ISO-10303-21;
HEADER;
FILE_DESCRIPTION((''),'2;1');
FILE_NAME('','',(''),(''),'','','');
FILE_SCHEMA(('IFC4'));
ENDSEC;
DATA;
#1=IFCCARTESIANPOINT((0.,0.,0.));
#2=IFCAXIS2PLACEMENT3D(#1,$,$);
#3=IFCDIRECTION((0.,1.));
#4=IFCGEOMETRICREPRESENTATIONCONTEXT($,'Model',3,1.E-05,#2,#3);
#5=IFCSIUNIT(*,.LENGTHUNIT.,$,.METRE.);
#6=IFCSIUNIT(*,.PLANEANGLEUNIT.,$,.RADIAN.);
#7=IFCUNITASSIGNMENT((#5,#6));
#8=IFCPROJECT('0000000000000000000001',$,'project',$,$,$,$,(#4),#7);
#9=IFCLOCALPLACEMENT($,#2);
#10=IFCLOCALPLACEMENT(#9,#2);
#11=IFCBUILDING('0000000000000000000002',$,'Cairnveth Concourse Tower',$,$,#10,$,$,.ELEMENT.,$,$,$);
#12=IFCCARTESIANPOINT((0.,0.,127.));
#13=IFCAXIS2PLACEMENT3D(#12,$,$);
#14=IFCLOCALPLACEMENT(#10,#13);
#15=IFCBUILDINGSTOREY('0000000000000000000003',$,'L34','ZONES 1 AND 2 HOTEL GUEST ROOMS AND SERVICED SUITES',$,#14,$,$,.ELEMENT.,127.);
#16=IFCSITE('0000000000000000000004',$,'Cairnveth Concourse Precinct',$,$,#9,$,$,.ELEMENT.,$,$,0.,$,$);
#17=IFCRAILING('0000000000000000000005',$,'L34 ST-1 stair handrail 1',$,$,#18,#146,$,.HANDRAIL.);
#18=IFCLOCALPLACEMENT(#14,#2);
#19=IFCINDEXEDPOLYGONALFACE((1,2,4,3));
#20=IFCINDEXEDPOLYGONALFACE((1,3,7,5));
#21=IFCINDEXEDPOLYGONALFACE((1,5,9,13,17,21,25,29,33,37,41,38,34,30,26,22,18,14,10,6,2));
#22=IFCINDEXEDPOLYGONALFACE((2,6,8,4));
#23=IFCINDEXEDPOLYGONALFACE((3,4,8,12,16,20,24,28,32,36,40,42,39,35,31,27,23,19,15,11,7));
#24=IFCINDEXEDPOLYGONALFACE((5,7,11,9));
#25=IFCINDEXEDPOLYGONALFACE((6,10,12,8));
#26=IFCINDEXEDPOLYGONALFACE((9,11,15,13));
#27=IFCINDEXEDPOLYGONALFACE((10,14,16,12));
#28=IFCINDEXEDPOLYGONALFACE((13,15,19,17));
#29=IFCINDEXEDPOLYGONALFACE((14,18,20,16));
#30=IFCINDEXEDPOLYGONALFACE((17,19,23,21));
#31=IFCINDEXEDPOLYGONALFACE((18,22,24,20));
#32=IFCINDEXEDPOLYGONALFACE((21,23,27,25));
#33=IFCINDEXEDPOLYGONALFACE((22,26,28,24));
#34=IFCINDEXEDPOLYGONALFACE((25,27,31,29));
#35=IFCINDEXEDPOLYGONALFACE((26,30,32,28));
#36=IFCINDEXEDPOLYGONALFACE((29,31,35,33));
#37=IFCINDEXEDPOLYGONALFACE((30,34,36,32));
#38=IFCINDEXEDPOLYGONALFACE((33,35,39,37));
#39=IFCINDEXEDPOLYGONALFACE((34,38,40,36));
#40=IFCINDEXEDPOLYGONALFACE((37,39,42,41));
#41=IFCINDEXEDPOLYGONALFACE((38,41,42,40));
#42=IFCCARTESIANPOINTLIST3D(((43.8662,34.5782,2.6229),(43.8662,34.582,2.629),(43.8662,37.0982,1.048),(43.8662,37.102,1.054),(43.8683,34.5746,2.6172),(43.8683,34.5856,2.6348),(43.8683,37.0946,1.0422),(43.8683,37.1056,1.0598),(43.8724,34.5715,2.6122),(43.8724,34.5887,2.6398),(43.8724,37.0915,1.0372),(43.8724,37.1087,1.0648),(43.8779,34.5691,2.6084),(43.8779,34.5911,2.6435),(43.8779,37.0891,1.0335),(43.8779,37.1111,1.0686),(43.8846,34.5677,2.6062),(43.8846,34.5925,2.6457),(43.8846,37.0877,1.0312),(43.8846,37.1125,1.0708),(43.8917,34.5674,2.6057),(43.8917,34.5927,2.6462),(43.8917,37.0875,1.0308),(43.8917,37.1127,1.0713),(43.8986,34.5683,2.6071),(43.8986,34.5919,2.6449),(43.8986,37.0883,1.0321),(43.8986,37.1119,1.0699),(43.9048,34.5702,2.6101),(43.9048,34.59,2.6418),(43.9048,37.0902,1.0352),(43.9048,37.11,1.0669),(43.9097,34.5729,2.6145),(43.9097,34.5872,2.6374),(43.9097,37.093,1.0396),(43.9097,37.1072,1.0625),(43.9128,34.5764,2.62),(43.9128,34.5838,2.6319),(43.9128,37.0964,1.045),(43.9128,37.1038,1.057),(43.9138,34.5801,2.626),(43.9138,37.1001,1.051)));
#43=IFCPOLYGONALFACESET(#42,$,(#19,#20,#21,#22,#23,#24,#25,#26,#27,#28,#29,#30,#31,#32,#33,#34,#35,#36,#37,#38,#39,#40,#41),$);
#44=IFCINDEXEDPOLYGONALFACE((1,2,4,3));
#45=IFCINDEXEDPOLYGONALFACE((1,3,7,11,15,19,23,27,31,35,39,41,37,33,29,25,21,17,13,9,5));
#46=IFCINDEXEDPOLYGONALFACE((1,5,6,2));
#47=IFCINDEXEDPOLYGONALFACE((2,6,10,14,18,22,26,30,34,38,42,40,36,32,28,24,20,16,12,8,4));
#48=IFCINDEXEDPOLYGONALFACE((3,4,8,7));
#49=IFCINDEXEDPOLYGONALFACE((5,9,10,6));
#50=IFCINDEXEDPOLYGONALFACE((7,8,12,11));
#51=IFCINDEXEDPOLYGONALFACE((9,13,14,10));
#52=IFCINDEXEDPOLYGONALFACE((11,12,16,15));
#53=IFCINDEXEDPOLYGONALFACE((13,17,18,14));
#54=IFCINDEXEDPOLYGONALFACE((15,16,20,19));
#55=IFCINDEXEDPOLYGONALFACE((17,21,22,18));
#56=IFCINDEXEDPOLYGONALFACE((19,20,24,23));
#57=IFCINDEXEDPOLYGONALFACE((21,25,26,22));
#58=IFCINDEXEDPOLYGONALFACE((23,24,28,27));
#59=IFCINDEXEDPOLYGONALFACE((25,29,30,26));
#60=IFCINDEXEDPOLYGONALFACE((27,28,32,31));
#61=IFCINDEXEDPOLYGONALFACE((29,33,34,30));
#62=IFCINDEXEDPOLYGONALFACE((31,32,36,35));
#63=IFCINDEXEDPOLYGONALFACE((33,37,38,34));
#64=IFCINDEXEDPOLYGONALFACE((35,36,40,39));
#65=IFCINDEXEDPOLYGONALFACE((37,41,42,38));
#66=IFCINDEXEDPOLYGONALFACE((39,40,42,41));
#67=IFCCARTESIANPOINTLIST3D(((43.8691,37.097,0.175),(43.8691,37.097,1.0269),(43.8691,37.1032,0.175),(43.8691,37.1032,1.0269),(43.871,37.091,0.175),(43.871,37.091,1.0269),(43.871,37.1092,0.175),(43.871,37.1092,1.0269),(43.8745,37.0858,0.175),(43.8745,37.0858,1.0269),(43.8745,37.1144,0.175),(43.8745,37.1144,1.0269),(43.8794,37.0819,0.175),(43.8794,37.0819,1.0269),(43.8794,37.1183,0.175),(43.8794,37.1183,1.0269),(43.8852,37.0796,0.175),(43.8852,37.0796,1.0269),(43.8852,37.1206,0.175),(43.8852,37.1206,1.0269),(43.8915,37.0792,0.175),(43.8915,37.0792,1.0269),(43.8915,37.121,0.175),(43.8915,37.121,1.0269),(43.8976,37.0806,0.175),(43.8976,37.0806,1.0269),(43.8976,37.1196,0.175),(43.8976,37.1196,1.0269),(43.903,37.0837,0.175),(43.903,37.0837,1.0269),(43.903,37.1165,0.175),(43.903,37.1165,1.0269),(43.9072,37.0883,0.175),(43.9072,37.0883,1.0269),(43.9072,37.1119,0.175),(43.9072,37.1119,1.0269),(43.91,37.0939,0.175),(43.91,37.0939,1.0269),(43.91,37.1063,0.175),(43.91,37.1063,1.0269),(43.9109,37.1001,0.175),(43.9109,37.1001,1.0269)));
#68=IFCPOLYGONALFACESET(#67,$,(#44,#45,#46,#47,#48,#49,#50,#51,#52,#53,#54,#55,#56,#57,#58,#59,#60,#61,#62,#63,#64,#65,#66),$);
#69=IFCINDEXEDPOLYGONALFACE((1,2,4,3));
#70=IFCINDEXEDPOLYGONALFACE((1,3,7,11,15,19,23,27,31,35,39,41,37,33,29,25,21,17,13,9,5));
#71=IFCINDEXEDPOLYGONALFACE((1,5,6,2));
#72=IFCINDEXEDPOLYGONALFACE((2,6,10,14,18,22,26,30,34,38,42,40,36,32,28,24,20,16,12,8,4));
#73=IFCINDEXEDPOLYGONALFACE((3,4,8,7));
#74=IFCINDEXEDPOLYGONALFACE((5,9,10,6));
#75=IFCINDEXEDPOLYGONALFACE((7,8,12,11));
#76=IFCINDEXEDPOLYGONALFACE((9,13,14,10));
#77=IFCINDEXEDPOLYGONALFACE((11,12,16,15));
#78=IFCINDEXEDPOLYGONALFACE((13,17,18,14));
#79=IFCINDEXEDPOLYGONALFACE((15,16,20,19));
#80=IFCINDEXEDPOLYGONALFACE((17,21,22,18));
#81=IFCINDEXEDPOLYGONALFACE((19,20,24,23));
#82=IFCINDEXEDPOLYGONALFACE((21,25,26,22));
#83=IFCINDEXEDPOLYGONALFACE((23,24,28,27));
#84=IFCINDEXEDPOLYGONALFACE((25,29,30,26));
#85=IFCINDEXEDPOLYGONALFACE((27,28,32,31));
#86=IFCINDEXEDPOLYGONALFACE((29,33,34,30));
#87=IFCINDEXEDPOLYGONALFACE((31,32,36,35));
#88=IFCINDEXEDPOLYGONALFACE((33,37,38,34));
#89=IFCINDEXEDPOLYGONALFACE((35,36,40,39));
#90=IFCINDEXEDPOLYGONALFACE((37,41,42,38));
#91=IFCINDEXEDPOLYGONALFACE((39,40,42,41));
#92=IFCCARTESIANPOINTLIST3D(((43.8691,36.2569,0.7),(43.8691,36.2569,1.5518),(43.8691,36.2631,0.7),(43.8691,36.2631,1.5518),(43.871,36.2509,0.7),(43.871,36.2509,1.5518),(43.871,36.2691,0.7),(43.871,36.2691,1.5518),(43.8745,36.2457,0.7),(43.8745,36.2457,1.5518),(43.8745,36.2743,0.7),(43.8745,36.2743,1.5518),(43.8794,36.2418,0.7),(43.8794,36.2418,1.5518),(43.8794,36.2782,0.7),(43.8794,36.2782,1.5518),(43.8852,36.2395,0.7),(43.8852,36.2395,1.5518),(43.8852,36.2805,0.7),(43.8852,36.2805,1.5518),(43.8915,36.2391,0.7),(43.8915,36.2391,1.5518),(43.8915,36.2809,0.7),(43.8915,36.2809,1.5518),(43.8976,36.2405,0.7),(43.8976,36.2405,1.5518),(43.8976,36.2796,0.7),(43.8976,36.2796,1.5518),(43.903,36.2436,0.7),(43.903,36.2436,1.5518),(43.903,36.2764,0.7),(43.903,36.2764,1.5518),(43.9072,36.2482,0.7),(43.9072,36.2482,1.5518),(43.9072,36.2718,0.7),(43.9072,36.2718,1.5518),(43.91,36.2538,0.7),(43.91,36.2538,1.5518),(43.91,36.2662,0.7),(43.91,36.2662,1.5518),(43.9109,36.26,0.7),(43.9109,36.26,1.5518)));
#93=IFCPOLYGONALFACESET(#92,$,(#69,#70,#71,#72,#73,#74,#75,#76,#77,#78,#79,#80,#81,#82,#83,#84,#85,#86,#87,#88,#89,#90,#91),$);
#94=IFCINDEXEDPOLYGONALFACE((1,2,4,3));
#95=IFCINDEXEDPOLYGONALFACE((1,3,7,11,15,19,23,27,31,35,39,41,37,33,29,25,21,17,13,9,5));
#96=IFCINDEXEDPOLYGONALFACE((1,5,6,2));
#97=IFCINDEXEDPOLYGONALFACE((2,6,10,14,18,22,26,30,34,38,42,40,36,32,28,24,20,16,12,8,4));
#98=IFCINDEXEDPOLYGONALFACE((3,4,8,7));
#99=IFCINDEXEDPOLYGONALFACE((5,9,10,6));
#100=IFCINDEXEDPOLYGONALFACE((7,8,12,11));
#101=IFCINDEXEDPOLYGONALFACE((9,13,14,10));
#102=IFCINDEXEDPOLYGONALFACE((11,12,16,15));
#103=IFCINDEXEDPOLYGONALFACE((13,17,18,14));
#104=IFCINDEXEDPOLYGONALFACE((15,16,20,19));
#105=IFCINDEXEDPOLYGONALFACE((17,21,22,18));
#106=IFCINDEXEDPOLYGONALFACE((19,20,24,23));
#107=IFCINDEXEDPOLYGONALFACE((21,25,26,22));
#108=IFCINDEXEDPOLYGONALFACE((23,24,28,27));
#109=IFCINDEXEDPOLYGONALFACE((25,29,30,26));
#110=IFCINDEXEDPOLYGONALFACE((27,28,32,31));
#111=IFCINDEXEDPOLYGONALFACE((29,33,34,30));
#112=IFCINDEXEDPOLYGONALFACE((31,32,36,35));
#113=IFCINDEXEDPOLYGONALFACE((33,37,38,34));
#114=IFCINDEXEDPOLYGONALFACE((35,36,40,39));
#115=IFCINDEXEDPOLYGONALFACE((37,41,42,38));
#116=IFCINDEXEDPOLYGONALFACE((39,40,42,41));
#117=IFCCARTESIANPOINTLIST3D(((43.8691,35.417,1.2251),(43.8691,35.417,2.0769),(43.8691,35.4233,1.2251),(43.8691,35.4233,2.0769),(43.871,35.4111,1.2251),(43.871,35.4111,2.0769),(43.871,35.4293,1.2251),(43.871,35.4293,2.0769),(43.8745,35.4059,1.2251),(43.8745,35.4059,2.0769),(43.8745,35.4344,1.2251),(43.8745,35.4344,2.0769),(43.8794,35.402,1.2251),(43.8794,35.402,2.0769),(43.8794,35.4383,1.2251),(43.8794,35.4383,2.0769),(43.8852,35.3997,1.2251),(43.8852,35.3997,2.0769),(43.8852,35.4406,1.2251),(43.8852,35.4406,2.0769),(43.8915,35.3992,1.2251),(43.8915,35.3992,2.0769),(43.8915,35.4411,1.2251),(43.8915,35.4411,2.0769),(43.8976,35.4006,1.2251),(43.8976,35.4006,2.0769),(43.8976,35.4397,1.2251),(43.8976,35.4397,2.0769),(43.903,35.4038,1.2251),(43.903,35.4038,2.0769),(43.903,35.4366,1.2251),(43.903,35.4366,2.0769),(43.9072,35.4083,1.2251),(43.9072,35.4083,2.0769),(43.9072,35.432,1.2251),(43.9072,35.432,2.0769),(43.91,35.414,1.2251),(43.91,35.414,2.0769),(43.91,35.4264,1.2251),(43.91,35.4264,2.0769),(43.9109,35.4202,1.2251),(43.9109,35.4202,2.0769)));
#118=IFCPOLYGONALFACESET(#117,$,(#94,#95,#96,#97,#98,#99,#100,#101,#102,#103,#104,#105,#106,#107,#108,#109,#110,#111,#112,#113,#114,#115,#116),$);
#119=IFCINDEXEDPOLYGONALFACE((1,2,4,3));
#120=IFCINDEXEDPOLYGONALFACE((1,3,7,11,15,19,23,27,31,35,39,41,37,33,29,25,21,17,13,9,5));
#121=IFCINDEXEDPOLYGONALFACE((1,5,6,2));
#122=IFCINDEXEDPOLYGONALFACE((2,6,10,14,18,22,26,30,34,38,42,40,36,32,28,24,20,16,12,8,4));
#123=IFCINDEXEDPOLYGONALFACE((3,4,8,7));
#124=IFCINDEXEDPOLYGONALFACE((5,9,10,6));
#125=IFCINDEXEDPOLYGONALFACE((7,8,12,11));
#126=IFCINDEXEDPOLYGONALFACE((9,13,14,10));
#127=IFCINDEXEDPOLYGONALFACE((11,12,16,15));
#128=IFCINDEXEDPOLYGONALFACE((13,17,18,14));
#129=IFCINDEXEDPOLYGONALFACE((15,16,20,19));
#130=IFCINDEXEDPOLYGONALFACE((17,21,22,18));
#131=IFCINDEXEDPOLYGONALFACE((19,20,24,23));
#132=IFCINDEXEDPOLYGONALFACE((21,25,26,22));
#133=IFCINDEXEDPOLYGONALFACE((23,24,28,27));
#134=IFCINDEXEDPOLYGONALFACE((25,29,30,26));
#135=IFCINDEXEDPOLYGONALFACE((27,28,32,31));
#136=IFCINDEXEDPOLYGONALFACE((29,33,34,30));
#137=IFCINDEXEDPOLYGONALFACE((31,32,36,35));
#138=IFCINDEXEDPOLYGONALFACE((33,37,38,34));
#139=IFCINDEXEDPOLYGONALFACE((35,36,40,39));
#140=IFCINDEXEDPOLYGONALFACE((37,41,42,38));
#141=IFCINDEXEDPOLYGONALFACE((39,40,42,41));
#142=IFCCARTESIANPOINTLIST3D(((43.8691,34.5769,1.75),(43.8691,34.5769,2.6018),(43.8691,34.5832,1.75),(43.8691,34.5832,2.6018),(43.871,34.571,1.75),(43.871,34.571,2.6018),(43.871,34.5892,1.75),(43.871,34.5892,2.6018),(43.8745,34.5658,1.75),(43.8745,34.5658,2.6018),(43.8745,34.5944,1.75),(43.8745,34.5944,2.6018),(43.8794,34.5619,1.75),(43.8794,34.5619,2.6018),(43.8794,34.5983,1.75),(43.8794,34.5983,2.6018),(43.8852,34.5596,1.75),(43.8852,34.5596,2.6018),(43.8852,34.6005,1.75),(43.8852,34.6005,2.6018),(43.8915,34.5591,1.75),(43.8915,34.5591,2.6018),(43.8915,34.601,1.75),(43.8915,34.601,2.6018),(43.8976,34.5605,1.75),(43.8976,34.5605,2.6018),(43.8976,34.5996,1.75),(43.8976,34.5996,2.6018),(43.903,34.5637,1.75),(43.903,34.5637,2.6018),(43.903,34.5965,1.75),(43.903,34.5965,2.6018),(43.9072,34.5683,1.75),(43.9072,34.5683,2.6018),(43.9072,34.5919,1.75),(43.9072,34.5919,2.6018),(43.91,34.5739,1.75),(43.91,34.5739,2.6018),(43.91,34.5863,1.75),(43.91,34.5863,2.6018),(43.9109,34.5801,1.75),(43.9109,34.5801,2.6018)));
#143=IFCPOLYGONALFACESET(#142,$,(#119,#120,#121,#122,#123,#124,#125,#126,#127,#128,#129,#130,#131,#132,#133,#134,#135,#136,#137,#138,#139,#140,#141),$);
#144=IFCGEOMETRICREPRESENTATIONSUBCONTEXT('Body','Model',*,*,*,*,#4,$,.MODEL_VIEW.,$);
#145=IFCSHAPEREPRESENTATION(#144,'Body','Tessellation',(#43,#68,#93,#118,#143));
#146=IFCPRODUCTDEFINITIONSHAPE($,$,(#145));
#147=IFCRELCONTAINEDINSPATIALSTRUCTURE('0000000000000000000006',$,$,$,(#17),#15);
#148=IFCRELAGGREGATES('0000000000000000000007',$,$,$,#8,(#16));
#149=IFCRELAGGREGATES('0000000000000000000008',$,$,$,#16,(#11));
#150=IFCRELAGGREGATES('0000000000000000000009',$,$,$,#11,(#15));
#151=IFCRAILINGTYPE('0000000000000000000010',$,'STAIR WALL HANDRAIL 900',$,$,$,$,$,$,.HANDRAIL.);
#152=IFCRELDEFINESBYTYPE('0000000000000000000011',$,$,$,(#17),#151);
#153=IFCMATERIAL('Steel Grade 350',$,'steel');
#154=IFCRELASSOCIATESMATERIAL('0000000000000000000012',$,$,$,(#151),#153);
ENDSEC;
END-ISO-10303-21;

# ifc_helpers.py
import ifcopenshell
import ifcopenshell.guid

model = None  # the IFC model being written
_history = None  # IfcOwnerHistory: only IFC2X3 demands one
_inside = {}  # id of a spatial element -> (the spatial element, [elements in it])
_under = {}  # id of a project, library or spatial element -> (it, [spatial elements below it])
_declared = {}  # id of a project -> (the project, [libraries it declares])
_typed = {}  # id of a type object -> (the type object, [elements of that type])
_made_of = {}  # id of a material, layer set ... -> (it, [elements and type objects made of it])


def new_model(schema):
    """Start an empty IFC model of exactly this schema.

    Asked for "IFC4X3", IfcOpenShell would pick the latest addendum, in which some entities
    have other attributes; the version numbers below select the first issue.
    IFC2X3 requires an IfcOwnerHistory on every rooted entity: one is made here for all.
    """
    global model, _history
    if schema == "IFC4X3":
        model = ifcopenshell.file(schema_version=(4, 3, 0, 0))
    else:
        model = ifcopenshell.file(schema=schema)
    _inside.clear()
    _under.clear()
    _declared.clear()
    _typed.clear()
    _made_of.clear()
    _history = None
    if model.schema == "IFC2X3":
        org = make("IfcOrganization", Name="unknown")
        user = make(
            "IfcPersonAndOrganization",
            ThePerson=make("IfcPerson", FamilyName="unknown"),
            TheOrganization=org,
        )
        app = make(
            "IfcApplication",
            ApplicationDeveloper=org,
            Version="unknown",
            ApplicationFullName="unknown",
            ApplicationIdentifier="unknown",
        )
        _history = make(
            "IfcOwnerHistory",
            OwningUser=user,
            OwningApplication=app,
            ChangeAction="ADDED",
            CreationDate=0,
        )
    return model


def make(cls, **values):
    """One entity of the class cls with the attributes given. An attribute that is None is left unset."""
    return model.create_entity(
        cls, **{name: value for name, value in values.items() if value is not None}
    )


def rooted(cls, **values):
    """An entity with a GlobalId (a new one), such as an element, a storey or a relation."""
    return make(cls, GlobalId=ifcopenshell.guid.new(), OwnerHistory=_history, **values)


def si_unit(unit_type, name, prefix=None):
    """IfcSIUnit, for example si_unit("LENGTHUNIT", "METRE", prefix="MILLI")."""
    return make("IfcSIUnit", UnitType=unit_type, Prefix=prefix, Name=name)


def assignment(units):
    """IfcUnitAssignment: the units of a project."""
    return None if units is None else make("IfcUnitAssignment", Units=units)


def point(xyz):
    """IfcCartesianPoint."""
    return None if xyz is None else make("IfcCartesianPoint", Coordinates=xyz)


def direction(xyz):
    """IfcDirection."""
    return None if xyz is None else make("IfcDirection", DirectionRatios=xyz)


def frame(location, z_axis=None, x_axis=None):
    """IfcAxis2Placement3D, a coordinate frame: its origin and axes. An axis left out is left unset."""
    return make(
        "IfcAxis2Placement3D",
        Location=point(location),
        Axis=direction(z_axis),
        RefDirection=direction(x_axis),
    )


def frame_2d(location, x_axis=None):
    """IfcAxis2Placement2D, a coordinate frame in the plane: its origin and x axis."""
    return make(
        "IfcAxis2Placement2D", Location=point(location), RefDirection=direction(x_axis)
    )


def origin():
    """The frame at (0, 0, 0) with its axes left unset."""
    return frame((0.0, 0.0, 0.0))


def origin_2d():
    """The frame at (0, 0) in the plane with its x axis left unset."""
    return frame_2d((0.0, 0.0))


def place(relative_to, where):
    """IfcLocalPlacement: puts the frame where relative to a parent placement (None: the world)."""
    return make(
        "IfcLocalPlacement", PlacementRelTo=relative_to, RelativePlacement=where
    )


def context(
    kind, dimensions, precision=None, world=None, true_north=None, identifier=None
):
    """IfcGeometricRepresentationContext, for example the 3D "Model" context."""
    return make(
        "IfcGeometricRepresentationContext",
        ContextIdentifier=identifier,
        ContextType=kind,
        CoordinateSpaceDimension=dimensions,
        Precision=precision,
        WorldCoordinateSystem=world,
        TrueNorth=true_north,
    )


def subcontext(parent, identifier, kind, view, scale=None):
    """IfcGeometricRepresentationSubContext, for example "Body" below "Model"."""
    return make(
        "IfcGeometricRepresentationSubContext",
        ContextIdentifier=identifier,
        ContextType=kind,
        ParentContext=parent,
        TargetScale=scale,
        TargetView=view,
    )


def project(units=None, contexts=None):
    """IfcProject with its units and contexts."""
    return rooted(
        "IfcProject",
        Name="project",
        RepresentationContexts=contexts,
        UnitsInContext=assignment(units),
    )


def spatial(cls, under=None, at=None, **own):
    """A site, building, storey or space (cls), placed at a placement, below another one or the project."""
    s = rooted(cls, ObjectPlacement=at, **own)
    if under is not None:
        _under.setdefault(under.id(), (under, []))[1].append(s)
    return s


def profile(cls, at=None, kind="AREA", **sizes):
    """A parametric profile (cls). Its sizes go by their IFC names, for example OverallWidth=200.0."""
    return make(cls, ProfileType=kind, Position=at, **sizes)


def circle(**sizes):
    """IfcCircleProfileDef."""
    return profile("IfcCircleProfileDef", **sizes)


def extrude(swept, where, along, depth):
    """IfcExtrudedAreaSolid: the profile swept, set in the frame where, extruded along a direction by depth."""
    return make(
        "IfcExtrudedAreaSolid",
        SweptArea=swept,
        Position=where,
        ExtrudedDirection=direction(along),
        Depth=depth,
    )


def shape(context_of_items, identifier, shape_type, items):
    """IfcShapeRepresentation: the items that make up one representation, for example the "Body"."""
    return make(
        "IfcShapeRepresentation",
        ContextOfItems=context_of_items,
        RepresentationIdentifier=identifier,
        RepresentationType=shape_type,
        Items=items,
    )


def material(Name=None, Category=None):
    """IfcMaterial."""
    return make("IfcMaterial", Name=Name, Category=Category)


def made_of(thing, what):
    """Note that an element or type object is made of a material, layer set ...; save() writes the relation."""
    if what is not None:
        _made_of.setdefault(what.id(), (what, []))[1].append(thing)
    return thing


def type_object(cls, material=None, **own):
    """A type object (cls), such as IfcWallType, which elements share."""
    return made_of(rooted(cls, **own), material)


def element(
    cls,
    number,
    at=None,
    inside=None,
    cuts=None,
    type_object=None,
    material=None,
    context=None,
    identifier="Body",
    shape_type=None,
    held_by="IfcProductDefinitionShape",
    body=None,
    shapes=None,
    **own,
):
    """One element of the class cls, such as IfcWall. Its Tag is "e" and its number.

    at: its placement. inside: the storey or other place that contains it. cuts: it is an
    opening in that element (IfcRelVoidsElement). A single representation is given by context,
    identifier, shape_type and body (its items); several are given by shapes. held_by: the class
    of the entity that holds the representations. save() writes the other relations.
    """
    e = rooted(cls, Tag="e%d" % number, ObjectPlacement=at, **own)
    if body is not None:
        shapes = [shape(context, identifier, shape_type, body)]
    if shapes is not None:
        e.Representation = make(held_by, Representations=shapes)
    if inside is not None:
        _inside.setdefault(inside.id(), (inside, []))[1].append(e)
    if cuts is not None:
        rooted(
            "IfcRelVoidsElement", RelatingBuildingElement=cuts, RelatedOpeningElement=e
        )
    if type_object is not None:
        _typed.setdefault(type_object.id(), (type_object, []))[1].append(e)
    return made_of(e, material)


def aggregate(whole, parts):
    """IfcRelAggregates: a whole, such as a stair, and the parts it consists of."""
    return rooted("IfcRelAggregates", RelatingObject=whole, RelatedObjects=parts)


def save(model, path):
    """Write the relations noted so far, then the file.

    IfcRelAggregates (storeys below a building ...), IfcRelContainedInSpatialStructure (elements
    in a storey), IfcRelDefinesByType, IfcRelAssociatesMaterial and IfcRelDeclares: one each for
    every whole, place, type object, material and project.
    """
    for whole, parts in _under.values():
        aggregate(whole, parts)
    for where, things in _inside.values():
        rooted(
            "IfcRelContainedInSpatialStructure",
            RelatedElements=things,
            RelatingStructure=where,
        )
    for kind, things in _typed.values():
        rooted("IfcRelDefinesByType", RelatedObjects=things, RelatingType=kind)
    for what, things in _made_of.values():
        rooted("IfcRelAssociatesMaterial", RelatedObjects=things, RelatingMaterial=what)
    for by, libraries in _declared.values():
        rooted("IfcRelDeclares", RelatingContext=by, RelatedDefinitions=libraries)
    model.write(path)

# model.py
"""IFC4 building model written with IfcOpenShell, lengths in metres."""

from ifc_helpers import new_model, si_unit, direction, frame, origin, origin_2d, place, context, subcontext, project, spatial, circle, extrude, material, type_object, element, save


model = new_model("IFC4")

# Units and contexts
model_context = context("Model", 3, precision=1e-05, world=origin(), true_north=direction((0.0, 1.0)))
body_context = subcontext(model_context, "Body", "Model", "MODEL_VIEW")
ifc_project = project(units=[si_unit("LENGTHUNIT", "METRE"), si_unit("PLANEANGLEUNIT", "RADIAN")], contexts=[model_context])

# Site, building, storey
site_placement = place(None, origin())
site = spatial("IfcSite", under=ifc_project, at=site_placement, Name="Cairnveth Concourse Precinct", CompositionType="ELEMENT", RefElevation=0.0)
building_placement = place(site_placement, origin())
building = spatial("IfcBuilding", under=site, at=building_placement, Name="Cairnveth Concourse Tower", CompositionType="ELEMENT")
storey_placement = place(building_placement, frame((0.0, 0.0, 127.0)))
storey = spatial("IfcBuildingStorey", under=building, at=storey_placement, Name="L34", Description="ZONES 1 AND 2 HOTEL GUEST ROOMS AND SERVICED SUITES", CompositionType="ELEMENT", Elevation=127.0)

# Shared definitions
ifc_material_1 = material(Name="Steel Grade 350", Category="steel")

# Railing
railing_type_1 = type_object("IfcRailingType", Name="STAIR WALL HANDRAIL 900", PredefinedType="HANDRAIL", material=ifc_material_1)
railing_1_placement = place(storey_placement, frame((43.8899, 37.1001, 0.175)))
element("IfcRailing", 1, at=railing_1_placement, inside=storey, type_object=railing_type_1, Name="L34 ST-1 stair handrail 1", PredefinedType="HANDRAIL", context=body_context, shape_type="SweptSolid", body=[
    extrude(circle(Radius=0.0239, at=origin_2d()), frame((0.0, 0.0, 0.876), z_axis=(0.0, -0.848008, 0.529984), x_axis=(1.0, 0.0, 0.0)), (0.0, 0.0, 1.0), 2.9717),
    extrude(circle(Radius=0.021, at=origin_2d()), origin(), (0.0, 0.0, 1.0), 0.8518),
    extrude(circle(Radius=0.021, at=origin_2d()), frame((0.0, -0.8401, 0.5249)), (0.0, 0.0, 1.0), 0.8518),
    extrude(circle(Radius=0.021, at=origin_2d()), frame((0.0, -1.6799, 1.05)), (0.0, 0.0, 1.0), 0.8518),
    extrude(circle(Radius=0.021, at=origin_2d()), frame((0.0, -2.52, 1.575)), (0.0, 0.0, 1.0), 0.8518),
])

save(model, "model.ifc")
